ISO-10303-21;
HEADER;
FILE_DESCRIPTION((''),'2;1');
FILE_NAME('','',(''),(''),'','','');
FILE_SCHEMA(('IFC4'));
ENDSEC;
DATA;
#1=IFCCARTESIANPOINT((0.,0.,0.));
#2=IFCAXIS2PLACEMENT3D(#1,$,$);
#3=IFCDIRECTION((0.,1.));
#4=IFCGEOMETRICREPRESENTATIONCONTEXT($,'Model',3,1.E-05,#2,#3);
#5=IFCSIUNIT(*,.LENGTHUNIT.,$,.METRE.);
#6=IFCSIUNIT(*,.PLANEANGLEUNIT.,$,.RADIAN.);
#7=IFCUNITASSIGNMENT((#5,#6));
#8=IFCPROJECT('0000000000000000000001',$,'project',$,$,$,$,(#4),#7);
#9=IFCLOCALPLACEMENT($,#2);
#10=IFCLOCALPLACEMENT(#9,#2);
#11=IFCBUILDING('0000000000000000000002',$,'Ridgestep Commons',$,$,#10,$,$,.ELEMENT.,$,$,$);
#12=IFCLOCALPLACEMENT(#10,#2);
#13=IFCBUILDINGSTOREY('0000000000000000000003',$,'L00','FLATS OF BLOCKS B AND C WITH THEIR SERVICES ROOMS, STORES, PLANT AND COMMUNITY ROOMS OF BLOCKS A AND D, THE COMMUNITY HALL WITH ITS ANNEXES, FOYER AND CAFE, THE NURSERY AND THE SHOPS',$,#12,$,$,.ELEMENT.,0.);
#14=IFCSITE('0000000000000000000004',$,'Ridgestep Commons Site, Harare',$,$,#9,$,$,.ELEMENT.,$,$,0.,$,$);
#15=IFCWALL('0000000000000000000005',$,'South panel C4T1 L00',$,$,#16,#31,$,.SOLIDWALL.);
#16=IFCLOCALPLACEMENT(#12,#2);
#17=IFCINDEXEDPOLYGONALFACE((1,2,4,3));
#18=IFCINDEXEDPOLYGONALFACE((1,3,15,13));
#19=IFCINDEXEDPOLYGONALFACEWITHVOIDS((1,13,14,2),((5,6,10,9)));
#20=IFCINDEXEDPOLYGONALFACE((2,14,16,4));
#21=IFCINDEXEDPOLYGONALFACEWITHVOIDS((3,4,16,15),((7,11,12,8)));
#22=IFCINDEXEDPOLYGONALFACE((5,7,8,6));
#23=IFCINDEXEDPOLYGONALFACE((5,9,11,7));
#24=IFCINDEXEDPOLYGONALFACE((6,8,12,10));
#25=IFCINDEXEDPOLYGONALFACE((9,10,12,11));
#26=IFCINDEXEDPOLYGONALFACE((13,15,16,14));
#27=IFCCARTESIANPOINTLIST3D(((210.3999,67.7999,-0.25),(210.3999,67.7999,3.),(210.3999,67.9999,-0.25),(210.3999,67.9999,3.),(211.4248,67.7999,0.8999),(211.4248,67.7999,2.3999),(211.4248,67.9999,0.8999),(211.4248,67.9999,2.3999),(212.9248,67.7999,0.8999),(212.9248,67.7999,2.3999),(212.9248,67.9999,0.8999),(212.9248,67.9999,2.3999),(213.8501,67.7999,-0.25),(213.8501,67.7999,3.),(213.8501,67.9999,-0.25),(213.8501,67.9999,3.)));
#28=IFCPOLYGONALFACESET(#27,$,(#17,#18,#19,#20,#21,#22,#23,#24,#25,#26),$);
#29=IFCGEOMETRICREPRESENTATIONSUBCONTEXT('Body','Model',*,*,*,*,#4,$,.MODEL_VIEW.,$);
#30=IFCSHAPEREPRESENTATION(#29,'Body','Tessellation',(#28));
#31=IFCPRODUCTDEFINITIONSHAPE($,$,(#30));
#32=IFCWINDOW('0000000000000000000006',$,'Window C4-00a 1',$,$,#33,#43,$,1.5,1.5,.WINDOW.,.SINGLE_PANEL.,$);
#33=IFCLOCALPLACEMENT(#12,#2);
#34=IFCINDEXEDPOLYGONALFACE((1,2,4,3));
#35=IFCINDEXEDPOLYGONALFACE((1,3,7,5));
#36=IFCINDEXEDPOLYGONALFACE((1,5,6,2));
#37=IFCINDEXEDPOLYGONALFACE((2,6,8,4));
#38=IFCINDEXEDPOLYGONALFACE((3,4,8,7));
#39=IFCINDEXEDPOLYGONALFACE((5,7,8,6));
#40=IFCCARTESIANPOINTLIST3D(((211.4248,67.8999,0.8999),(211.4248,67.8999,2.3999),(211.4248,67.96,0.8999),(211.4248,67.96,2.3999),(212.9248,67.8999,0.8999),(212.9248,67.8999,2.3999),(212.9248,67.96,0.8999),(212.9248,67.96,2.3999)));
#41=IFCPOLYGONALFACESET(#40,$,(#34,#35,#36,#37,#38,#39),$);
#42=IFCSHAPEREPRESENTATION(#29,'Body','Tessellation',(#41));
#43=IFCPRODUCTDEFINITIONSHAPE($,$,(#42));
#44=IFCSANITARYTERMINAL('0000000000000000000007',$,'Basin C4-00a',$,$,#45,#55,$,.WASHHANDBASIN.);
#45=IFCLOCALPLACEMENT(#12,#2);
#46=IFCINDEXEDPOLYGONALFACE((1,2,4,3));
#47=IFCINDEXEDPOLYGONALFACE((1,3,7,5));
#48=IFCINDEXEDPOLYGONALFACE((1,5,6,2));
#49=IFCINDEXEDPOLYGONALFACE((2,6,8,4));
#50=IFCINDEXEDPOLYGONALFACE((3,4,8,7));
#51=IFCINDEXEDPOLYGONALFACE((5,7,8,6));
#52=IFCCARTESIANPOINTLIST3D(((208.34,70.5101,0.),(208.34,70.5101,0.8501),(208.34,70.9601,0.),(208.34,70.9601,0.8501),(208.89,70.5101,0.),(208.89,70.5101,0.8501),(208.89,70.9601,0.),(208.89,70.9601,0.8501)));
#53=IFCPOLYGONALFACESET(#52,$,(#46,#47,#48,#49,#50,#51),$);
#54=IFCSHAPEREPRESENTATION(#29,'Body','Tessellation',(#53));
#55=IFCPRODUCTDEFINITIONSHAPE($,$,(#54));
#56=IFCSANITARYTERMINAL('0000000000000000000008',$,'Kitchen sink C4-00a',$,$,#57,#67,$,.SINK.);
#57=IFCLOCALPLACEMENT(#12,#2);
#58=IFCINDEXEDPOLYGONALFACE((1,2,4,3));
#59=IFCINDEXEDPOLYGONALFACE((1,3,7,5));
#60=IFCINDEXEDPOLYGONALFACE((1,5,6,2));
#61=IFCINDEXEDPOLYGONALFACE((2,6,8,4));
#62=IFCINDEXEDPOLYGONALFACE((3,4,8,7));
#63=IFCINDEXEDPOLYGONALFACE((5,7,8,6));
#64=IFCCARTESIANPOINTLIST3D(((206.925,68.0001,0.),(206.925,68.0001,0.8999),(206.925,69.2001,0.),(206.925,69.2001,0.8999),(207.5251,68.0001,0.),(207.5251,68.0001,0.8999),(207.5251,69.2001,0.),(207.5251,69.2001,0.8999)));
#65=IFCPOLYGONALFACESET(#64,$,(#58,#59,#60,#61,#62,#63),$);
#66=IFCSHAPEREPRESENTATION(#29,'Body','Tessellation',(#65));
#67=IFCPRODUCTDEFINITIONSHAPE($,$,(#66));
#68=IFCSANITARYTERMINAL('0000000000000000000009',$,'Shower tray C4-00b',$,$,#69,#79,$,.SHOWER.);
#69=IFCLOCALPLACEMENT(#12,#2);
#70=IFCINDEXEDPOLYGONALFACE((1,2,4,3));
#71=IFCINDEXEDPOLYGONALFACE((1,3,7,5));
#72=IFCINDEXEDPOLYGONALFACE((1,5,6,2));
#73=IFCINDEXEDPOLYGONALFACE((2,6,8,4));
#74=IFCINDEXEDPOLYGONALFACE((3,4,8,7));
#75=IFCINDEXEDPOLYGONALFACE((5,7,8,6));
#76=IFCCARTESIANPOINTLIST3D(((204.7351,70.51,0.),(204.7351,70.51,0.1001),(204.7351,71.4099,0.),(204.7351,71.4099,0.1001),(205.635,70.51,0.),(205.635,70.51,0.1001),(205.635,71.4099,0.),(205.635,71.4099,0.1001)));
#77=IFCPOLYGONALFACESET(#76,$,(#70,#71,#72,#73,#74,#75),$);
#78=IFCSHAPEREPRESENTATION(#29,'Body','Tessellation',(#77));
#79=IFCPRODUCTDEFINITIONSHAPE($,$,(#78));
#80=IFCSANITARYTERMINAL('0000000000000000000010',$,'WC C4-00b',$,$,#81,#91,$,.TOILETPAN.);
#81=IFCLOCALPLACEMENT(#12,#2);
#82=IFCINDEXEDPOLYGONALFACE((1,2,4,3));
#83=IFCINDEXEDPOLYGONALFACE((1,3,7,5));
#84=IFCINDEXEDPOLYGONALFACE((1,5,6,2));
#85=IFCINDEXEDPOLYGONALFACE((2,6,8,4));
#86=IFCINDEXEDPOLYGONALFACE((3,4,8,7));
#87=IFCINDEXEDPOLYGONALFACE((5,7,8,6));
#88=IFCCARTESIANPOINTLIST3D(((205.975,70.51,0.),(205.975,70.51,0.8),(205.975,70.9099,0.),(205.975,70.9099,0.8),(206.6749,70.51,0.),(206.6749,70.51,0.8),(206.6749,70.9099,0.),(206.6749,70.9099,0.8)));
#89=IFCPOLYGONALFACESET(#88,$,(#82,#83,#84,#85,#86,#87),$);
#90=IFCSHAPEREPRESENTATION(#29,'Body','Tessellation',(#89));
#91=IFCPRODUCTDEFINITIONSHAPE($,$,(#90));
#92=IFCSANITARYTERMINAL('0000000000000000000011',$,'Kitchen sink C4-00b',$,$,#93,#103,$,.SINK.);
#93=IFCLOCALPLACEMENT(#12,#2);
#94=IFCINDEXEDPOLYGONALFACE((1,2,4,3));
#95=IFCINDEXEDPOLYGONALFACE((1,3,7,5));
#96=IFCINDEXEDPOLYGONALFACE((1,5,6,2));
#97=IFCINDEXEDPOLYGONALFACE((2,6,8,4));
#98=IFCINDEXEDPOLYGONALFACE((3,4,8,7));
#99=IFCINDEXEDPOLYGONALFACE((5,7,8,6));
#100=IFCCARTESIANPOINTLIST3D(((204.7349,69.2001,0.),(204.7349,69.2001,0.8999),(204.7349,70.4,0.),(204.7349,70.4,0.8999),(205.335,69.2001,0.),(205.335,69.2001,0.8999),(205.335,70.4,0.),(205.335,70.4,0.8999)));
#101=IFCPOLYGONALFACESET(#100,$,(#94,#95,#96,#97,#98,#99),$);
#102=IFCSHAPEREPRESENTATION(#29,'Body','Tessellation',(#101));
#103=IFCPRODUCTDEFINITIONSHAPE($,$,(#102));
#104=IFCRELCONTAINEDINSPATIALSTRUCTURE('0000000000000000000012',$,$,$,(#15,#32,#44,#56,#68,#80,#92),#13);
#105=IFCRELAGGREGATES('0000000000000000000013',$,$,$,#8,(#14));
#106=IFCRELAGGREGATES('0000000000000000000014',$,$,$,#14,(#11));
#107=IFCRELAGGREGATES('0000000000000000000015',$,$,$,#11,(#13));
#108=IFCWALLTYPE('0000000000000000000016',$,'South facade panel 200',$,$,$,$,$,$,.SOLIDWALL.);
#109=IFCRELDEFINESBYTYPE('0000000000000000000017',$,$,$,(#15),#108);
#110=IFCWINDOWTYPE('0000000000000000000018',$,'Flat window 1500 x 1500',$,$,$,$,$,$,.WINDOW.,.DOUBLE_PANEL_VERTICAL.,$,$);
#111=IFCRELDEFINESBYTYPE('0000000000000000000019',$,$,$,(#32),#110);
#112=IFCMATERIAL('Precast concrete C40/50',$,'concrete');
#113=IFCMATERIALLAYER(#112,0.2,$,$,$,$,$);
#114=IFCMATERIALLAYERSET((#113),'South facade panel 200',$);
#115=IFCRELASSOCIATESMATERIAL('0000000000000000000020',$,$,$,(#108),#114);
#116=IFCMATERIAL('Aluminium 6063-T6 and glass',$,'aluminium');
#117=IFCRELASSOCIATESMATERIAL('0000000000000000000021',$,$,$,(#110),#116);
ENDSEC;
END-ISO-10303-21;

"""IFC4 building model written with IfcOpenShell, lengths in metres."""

from ifc_helpers import new_model, si_unit, direction, frame, frame_2d, origin, origin_2d, place, context, subcontext, project, spatial, rectangle, extrude, material, layer, layer_set, type_object, element, fill, save


model = new_model("IFC4")

# Units and contexts
model_context = context("Model", 3, precision=1e-05, world=origin(), true_north=direction((0.0, 1.0)))
body_context = subcontext(model_context, "Body", "Model", "MODEL_VIEW")
ifc_project = project(units=[si_unit("LENGTHUNIT", "METRE"), si_unit("PLANEANGLEUNIT", "RADIAN")], contexts=[model_context])

# Site, building, storey
site_placement = place(None, origin())
site = spatial("IfcSite", under=ifc_project, at=site_placement, Name="Ridgestep Commons Site, Harare", CompositionType="ELEMENT", RefElevation=0.0)
building_placement = place(site_placement, origin())
building = spatial("IfcBuilding", under=site, at=building_placement, Name="Ridgestep Commons", CompositionType="ELEMENT")
storey_placement = place(building_placement, origin())
storey = spatial("IfcBuildingStorey", under=building, at=storey_placement, Name="L00", Description="FLATS OF BLOCKS B AND C WITH THEIR SERVICES ROOMS, STORES, PLANT AND COMMUNITY ROOMS OF BLOCKS A AND D, THE COMMUNITY HALL WITH ITS ANNEXES, FOYER AND CAFE, THE NURSERY AND THE SHOPS", CompositionType="ELEMENT", Elevation=0.0)

# Shared definitions
ifc_material_1 = material(Name="Precast concrete C40/50", Category="concrete")
ifc_layer_1 = layer(ifc_material_1, 0.2)
ifc_layer_set_1 = layer_set([ifc_layer_1], Name="South facade panel 200")
wall_type_1 = type_object("IfcWallType", Name="South facade panel 200", PredefinedType="SOLIDWALL", material=ifc_layer_set_1)

# Wall, opening, window
wall_1_placement = place(storey_placement, frame((210.3999, 67.8999, -0.25), z_axis=(0.0, 0.0, 1.0), x_axis=(1.0, 0.0, 0.0)))
wall_1 = element("IfcWall", 1, at=wall_1_placement, inside=storey, type_object=wall_type_1, Name="South panel C4T1 L00", PredefinedType="SOLIDWALL", context=body_context, shape_type="SweptSolid", body=[
    extrude(rectangle(XDim=3.4502, YDim=0.2, at=frame_2d((1.7251, 0.0))), origin(), (0.0, 0.0, 1.0), 3.25),
])
opening_1_placement = place(wall_1_placement, frame((1.0249, 0.0, 1.1499)))
opening_1 = element("IfcOpeningElement", 2, at=opening_1_placement, cuts=wall_1, PredefinedType="OPENING", context=body_context, shape_type="SweptSolid", body=[
    extrude(rectangle(XDim=1.5, YDim=1.5, at=frame_2d((0.75, 0.75))), frame((0.0, 0.1099, 0.0), z_axis=(0.0, -1.0, 0.0), x_axis=(1.0, 0.0, 0.0)), (0.0, 0.0, 1.0), 0.22),
])
ifc_material_2 = material(Name="Aluminium 6063-T6 and glass", Category="aluminium")
window_type_1 = type_object("IfcWindowType", Name="Flat window 1500 x 1500", PartitioningType="DOUBLE_PANEL_VERTICAL", PredefinedType="WINDOW", material=ifc_material_2)
window_1_placement = place(opening_1_placement, origin())
window_1 = element("IfcWindow", 3, at=window_1_placement, inside=storey, type_object=window_type_1, Name="Window C4-00a 1", OverallHeight=1.5, OverallWidth=1.5, PartitioningType="SINGLE_PANEL", PredefinedType="WINDOW", context=body_context, shape_type="SweptSolid", body=[
    extrude(rectangle(XDim=1.5, YDim=1.5, at=frame_2d((0.75, 0.75))), frame((0.0, 0.0601, 0.0), z_axis=(0.0, -1.0, 0.0), x_axis=(1.0, 0.0, 0.0)), (0.0, 0.0, 1.0), 0.0601),
])
fill(opening_1, window_1)

# Sanitary terminals
sanitary_terminal_1_placement = place(storey_placement, frame((208.615, 70.7351, 0.0), z_axis=(0.0, 0.0, 1.0), x_axis=(1.0, 0.0, 0.0)))
element("IfcSanitaryTerminal", 4, at=sanitary_terminal_1_placement, inside=storey, Name="Basin C4-00a", PredefinedType="WASHHANDBASIN", context=body_context, shape_type="SweptSolid", body=[
    extrude(rectangle(XDim=0.55, YDim=0.45, at=origin_2d()), origin(), (0.0, 0.0, 1.0), 0.8501),
])
sanitary_terminal_2_placement = place(storey_placement, frame((207.2251, 68.6001, 0.0), z_axis=(0.0, 0.0, 1.0), x_axis=(1.0, 0.0, 0.0)))
element("IfcSanitaryTerminal", 5, at=sanitary_terminal_2_placement, inside=storey, Name="Kitchen sink C4-00a", PredefinedType="SINK", context=body_context, shape_type="SweptSolid", body=[
    extrude(rectangle(XDim=0.6001, YDim=1.2, at=origin_2d()), origin(), (0.0, 0.0, 1.0), 0.8999),
])
sanitary_terminal_3_placement = place(storey_placement, frame((205.1851, 70.96, 0.0), z_axis=(0.0, 0.0, 1.0), x_axis=(1.0, 0.0, 0.0)))
element("IfcSanitaryTerminal", 6, at=sanitary_terminal_3_placement, inside=storey, Name="Shower tray C4-00b", PredefinedType="SHOWER", context=body_context, shape_type="SweptSolid", body=[
    extrude(rectangle(XDim=0.8999, YDim=0.8999, at=origin_2d()), origin(), (0.0, 0.0, 1.0), 0.1001),
])
sanitary_terminal_4_placement = place(storey_placement, frame((206.325, 70.71, 0.0), z_axis=(0.0, 0.0, 1.0), x_axis=(1.0, 0.0, 0.0)))
element("IfcSanitaryTerminal", 7, at=sanitary_terminal_4_placement, inside=storey, Name="WC C4-00b", PredefinedType="TOILETPAN", context=body_context, shape_type="SweptSolid", body=[
    extrude(rectangle(XDim=0.7, YDim=0.3999, at=origin_2d()), origin(), (0.0, 0.0, 1.0), 0.8),
])
sanitary_terminal_5_placement = place(storey_placement, frame((205.0349, 69.8, 0.0), z_axis=(0.0, 0.0, 1.0), x_axis=(1.0, 0.0, 0.0)))
element("IfcSanitaryTerminal", 8, at=sanitary_terminal_5_placement, inside=storey, Name="Kitchen sink C4-00b", PredefinedType="SINK", context=body_context, shape_type="SweptSolid", body=[
    extrude(rectangle(XDim=0.6001, YDim=1.2, at=origin_2d()), origin(), (0.0, 0.0, 1.0), 0.8999),
])

save(model, "model.ifc")
